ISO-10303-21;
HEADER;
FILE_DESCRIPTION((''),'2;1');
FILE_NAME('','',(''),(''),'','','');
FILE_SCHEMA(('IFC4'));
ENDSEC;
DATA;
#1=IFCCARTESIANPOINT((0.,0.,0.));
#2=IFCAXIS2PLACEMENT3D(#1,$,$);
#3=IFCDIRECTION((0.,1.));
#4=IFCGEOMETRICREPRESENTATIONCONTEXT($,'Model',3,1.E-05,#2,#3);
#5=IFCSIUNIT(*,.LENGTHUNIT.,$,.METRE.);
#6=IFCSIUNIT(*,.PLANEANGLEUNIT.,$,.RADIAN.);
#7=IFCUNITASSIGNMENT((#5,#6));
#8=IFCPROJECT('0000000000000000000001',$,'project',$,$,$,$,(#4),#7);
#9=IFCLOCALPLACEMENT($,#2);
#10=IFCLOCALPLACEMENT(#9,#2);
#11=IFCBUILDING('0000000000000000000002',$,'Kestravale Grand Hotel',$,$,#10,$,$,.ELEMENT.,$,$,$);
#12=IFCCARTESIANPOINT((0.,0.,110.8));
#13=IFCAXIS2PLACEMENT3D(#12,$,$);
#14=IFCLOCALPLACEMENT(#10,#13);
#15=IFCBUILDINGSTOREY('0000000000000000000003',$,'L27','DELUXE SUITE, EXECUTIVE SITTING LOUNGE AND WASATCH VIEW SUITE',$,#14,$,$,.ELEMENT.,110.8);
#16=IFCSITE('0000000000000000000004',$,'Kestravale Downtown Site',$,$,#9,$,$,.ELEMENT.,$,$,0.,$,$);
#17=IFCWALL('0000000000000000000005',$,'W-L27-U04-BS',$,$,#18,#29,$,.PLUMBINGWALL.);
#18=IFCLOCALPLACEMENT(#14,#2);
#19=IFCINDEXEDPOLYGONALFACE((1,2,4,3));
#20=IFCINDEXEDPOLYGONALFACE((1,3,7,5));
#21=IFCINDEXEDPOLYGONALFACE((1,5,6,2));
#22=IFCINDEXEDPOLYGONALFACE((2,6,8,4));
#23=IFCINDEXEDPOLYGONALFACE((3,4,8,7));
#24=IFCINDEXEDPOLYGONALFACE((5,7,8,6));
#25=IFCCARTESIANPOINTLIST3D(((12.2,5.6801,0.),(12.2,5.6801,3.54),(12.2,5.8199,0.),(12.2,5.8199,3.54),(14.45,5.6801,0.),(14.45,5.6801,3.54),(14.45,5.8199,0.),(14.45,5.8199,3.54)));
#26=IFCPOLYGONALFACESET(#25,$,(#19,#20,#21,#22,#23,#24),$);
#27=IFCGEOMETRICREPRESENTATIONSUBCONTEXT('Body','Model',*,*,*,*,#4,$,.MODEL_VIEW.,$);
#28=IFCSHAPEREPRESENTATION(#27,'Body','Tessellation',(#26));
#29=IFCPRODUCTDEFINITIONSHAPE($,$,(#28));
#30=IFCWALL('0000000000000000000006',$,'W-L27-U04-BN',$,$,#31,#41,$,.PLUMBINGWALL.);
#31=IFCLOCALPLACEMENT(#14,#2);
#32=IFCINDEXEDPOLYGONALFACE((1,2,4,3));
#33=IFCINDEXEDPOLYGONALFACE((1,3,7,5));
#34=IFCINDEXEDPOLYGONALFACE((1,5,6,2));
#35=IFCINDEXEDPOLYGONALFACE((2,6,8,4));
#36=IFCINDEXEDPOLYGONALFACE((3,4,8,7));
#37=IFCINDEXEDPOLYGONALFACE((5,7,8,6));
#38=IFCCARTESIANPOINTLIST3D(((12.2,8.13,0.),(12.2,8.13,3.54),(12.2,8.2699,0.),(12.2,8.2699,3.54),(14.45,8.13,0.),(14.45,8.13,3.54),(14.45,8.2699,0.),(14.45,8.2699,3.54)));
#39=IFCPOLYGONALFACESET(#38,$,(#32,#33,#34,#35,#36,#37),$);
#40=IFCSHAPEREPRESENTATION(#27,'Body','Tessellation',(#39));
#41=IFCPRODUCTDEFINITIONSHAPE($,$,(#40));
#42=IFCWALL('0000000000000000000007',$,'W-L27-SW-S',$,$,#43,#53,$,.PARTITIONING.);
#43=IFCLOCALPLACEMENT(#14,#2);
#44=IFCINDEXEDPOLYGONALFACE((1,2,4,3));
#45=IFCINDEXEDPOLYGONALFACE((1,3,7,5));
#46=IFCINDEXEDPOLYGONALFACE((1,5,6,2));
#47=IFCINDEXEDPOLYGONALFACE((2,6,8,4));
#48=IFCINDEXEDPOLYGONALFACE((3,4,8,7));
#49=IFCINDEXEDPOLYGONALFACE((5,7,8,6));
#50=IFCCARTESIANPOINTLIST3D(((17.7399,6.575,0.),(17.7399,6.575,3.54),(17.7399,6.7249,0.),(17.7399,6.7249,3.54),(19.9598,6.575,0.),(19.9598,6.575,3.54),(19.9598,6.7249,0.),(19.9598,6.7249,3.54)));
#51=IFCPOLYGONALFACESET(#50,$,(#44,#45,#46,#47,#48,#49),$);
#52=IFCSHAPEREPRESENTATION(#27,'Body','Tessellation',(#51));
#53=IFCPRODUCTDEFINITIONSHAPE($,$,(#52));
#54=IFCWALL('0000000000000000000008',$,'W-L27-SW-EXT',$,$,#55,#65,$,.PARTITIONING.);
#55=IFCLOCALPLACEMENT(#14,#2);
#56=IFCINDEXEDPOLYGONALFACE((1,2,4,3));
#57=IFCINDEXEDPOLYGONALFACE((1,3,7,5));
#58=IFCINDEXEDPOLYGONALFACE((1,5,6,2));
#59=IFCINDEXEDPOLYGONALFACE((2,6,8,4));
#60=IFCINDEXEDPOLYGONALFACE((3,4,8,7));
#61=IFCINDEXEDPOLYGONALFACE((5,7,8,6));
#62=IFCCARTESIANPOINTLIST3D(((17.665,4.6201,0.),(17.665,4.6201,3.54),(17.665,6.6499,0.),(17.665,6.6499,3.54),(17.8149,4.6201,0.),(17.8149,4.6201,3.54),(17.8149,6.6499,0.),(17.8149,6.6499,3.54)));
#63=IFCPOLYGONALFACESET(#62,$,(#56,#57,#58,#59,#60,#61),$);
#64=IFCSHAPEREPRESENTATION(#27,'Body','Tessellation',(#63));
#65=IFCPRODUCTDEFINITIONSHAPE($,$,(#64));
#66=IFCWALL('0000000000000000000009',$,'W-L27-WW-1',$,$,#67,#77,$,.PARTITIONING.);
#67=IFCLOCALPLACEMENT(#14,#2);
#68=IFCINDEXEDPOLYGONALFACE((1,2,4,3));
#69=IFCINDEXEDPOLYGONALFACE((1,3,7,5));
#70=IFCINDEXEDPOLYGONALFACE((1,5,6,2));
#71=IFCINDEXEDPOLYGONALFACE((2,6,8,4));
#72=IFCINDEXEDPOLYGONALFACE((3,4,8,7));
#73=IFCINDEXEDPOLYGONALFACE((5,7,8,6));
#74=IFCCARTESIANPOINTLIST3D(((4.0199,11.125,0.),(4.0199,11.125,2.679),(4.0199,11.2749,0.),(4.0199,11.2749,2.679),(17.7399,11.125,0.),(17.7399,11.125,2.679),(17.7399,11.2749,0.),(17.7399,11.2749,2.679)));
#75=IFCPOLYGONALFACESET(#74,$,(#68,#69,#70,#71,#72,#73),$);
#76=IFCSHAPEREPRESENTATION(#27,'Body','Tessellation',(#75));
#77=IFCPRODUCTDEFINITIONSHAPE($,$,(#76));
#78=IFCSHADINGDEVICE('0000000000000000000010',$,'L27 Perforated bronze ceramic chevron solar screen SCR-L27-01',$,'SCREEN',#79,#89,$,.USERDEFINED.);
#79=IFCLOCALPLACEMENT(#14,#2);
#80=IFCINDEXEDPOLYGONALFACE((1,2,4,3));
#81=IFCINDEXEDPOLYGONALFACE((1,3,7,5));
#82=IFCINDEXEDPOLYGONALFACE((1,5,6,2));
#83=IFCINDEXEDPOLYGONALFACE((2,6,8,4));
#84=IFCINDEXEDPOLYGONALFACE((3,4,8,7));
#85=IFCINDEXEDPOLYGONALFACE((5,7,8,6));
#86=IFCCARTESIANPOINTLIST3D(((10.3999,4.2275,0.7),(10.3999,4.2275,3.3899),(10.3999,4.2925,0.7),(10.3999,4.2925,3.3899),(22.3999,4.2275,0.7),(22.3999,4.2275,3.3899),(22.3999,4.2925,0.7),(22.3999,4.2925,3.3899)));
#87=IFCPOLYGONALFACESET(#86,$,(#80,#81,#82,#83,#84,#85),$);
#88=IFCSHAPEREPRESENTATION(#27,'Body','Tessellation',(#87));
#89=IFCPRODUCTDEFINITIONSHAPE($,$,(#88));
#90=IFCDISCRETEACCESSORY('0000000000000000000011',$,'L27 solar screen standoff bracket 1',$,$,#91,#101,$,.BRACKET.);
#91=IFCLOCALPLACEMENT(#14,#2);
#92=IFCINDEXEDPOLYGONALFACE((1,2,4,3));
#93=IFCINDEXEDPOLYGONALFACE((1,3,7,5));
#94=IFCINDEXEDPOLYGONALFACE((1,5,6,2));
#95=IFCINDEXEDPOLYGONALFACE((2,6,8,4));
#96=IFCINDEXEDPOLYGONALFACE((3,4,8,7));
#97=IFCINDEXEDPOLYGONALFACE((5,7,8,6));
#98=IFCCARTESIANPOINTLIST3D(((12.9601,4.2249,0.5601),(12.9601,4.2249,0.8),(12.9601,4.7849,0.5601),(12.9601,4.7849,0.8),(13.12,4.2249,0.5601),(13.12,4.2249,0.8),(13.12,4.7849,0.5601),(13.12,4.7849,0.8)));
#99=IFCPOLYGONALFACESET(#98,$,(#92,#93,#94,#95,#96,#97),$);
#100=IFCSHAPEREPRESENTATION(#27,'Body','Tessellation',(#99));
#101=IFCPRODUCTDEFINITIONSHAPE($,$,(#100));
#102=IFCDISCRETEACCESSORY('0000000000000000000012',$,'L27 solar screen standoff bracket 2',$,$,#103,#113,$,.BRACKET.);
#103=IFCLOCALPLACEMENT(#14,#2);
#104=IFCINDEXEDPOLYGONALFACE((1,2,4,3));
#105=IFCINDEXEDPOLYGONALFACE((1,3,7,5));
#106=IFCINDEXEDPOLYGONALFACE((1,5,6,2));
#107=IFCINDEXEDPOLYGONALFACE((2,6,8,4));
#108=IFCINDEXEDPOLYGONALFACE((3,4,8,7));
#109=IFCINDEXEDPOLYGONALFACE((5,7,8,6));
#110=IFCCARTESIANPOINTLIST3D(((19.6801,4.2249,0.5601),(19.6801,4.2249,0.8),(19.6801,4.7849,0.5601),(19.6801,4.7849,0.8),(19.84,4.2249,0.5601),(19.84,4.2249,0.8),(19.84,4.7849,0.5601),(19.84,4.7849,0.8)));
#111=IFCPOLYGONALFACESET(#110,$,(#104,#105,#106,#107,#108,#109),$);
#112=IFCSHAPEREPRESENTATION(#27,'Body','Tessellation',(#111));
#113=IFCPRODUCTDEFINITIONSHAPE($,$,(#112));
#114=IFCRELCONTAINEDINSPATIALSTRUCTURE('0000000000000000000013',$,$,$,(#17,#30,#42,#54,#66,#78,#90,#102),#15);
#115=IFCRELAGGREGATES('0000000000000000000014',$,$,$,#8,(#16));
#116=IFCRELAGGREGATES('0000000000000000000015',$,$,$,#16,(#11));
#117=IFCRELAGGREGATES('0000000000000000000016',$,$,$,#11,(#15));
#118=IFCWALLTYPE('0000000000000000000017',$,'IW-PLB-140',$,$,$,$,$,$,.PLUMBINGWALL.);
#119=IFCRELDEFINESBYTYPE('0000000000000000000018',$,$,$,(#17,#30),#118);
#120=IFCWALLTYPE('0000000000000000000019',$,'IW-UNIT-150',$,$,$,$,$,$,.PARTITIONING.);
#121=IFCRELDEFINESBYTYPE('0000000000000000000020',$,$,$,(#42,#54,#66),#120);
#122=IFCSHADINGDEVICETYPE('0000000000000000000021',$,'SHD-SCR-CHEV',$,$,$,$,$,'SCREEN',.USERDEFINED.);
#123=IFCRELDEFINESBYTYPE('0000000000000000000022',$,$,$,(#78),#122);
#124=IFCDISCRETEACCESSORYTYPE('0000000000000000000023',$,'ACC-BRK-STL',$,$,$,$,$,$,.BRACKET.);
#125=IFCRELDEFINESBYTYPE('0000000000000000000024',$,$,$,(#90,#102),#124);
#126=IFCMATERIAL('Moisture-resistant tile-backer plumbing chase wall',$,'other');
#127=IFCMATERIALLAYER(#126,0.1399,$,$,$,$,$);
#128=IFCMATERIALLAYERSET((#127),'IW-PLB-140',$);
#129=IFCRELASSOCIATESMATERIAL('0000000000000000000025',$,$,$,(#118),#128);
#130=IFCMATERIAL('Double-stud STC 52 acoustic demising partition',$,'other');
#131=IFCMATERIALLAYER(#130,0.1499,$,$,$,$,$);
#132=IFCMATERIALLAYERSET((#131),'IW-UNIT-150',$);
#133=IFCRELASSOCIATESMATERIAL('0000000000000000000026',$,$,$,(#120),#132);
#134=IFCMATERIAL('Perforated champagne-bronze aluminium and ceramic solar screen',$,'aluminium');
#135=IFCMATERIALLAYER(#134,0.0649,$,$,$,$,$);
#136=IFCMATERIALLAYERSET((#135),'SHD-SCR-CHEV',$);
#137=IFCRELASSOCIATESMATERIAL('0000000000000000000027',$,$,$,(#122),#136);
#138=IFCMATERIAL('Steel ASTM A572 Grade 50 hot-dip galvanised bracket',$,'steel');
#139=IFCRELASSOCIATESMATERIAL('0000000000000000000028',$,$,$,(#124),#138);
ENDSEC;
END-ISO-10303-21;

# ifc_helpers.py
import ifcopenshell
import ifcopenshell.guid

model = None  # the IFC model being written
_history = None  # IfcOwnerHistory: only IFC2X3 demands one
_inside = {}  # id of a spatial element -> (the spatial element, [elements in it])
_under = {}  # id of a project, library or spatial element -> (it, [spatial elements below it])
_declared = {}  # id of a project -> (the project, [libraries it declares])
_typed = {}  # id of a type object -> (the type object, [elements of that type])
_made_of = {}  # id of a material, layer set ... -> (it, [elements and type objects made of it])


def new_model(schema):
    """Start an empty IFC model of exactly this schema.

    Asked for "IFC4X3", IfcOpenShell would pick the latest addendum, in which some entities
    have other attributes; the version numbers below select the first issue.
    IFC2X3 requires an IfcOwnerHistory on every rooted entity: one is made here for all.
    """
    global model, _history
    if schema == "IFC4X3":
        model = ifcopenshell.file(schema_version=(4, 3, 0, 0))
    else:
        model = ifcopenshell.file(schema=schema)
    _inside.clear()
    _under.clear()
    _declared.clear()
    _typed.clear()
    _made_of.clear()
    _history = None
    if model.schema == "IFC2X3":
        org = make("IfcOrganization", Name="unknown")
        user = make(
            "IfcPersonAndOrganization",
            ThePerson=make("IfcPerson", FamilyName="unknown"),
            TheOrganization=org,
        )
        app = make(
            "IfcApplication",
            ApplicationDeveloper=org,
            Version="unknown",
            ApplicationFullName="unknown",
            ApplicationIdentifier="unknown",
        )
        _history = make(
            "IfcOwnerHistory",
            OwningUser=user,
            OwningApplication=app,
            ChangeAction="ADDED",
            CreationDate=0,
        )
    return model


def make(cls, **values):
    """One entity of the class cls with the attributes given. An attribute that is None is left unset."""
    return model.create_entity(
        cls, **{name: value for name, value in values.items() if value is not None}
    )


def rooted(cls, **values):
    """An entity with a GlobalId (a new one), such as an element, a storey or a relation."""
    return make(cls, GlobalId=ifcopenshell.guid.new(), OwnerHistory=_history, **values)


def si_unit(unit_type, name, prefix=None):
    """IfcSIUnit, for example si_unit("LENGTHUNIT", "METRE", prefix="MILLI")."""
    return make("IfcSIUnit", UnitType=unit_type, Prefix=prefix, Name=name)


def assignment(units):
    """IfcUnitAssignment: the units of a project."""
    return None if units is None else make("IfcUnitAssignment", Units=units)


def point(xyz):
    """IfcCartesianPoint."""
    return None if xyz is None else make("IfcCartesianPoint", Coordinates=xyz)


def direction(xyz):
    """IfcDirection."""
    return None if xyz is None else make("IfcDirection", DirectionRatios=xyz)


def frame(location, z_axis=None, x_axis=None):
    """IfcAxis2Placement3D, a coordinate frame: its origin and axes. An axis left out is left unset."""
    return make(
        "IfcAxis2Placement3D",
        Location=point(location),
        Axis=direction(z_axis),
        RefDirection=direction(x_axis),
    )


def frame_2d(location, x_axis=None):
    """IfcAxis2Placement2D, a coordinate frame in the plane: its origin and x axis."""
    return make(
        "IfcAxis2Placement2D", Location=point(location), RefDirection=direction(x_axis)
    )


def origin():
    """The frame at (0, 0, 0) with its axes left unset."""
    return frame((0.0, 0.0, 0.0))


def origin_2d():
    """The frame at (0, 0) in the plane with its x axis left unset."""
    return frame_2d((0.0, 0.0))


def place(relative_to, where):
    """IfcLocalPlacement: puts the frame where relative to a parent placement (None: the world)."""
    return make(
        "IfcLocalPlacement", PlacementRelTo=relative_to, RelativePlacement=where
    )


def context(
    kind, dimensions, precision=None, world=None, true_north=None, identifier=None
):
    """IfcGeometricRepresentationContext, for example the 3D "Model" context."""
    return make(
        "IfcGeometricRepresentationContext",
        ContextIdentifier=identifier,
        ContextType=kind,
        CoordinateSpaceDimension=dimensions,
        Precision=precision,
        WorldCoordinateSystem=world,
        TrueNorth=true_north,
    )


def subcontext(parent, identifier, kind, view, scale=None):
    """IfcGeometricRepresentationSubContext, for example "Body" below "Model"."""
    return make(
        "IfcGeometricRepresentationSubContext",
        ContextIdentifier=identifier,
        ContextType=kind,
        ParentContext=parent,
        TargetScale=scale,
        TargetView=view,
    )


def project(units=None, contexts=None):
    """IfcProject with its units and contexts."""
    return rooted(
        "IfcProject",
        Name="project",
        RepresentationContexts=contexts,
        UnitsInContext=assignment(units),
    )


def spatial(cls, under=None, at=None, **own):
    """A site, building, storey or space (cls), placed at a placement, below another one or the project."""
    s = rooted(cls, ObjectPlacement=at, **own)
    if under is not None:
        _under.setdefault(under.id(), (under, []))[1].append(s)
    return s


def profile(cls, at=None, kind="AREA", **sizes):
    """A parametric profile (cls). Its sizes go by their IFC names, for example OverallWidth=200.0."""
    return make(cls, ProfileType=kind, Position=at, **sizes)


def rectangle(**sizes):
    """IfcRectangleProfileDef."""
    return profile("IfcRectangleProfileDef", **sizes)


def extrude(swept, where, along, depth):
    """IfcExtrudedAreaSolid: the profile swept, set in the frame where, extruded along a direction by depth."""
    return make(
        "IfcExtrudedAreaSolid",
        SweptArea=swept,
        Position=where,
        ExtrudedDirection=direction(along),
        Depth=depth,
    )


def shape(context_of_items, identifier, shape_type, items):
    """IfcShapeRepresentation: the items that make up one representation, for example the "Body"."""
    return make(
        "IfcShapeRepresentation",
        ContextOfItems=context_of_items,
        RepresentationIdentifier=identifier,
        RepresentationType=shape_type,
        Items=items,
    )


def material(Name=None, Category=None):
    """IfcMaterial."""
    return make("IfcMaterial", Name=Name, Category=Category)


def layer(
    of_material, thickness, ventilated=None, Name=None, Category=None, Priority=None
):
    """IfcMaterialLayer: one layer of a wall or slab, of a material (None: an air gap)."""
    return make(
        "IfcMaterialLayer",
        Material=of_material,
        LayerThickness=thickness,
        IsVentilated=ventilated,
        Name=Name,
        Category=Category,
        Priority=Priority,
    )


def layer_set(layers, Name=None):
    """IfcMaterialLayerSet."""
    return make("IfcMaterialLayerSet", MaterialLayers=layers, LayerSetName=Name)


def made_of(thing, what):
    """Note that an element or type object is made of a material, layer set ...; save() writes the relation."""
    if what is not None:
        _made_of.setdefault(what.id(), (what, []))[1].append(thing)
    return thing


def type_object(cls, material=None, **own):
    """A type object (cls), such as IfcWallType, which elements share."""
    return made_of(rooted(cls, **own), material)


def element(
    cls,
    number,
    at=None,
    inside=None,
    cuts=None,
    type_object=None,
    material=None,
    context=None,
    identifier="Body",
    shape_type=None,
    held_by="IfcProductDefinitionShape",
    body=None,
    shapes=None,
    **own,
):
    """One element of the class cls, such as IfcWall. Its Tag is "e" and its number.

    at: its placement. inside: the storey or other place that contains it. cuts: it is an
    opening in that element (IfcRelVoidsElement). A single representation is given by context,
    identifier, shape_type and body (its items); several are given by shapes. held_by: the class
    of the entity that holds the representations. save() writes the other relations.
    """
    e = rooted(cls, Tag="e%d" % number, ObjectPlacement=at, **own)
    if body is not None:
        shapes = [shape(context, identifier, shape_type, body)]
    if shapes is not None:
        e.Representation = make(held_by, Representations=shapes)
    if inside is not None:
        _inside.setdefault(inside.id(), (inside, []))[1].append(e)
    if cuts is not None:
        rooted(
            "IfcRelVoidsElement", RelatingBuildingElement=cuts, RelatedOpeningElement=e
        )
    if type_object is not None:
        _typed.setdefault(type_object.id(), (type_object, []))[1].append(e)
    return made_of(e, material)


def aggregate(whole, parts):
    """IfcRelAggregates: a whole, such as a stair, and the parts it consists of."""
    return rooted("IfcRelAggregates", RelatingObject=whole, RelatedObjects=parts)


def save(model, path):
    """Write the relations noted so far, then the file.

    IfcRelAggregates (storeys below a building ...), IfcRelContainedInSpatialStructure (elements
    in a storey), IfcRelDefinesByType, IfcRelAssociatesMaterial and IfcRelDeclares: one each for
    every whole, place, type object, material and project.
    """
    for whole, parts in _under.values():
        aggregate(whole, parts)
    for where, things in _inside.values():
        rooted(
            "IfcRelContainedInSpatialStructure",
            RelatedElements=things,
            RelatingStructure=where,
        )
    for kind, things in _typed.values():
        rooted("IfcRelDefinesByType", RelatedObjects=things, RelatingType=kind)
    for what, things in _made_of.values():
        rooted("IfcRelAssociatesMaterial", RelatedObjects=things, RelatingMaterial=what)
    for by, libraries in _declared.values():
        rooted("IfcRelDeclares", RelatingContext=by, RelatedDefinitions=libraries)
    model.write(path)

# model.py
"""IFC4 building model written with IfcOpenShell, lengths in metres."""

from ifc_helpers import new_model, si_unit, direction, frame, frame_2d, origin, origin_2d, place, context, subcontext, project, spatial, rectangle, extrude, material, layer, layer_set, type_object, element, save


model = new_model("IFC4")

# Units and contexts
model_context = context("Model", 3, precision=1e-05, world=origin(), true_north=direction((0.0, 1.0)))
body_context = subcontext(model_context, "Body", "Model", "MODEL_VIEW")
ifc_project = project(units=[si_unit("LENGTHUNIT", "METRE"), si_unit("PLANEANGLEUNIT", "RADIAN")], contexts=[model_context])

# Site, building, storey
site_placement = place(None, origin())
site = spatial("IfcSite", under=ifc_project, at=site_placement, Name="Kestravale Downtown Site", CompositionType="ELEMENT", RefElevation=0.0)
building_placement = place(site_placement, origin())
building = spatial("IfcBuilding", under=site, at=building_placement, Name="Kestravale Grand Hotel", CompositionType="ELEMENT")
storey_placement = place(building_placement, frame((0.0, 0.0, 110.8)))
storey = spatial("IfcBuildingStorey", under=building, at=storey_placement, Name="L27", Description="DELUXE SUITE, EXECUTIVE SITTING LOUNGE AND WASATCH VIEW SUITE", CompositionType="ELEMENT", Elevation=110.8)

# Shared definitions
ifc_material_1 = material(Name="Moisture-resistant tile-backer plumbing chase wall", Category="other")
ifc_layer_1 = layer(ifc_material_1, 0.1399)
ifc_layer_set_1 = layer_set([ifc_layer_1], Name="IW-PLB-140")
wall_type_1 = type_object("IfcWallType", Name="IW-PLB-140", PredefinedType="PLUMBINGWALL", material=ifc_layer_set_1)

# Walls
for number, where, z_axis, x_axis, name in (
    (1, (12.2, 5.75, 0.0), (0.0, 0.0, 1.0), (1.0, 0.0, 0.0), "W-L27-U04-BS"),
    (2, (12.2, 8.2, 0.0), (0.0, 0.0, 1.0), (1.0, 0.0, 0.0), "W-L27-U04-BN"),
):
    element("IfcWall", number, at=place(storey_placement, frame(where, z_axis=z_axis, x_axis=x_axis)), inside=storey, type_object=wall_type_1, Name=name, PredefinedType="PLUMBINGWALL", context=body_context, shape_type="SweptSolid", body=[
        extrude(rectangle(XDim=2.25, YDim=0.1399, at=frame_2d((1.125, 0.0))), origin(), (0.0, 0.0, 1.0), 3.54),
    ])
ifc_material_2 = material(Name="Double-stud STC 52 acoustic demising partition", Category="other")
ifc_layer_2 = layer(ifc_material_2, 0.1499)
ifc_layer_set_2 = layer_set([ifc_layer_2], Name="IW-UNIT-150")
wall_type_2 = type_object("IfcWallType", Name="IW-UNIT-150", PredefinedType="PARTITIONING", material=ifc_layer_set_2)
wall_1_placement = place(storey_placement, frame((17.74, 6.6499, 0.0), z_axis=(0.0, 0.0, 1.0), x_axis=(1.0, 0.0, 0.0)))
element("IfcWall", 3, at=wall_1_placement, inside=storey, type_object=wall_type_2, Name="W-L27-SW-S", PredefinedType="PARTITIONING", context=body_context, shape_type="SweptSolid", body=[
    extrude(rectangle(XDim=2.22, YDim=0.1499, at=frame_2d((1.1099, 0.0))), origin(), (0.0, 0.0, 1.0), 3.54),
])
wall_2_placement = place(storey_placement, frame((17.74, 4.6201, 0.0), z_axis=(0.0, 0.0, 1.0), x_axis=(0.0, 1.0, 0.0)))
element("IfcWall", 4, at=wall_2_placement, inside=storey, type_object=wall_type_2, Name="W-L27-SW-EXT", PredefinedType="PARTITIONING", context=body_context, shape_type="SweptSolid", body=[
    extrude(rectangle(XDim=2.0298, YDim=0.1499, at=frame_2d((1.0149, 0.0))), origin(), (0.0, 0.0, 1.0), 3.54),
])
wall_3_placement = place(storey_placement, frame((4.02, 11.2, 0.0), z_axis=(0.0, 0.0, 1.0), x_axis=(1.0, 0.0, 0.0)))
element("IfcWall", 5, at=wall_3_placement, inside=storey, type_object=wall_type_2, Name="W-L27-WW-1", PredefinedType="PARTITIONING", context=body_context, shape_type="SweptSolid", body=[
    extrude(rectangle(XDim=13.72, YDim=0.1499, at=frame_2d((6.8599, 0.0))), origin(), (0.0, 0.0, 1.0), 2.679),
])

# Shading device
ifc_material_3 = material(Name="Perforated champagne-bronze aluminium and ceramic solar screen", Category="aluminium")
ifc_layer_3 = layer(ifc_material_3, 0.0649)
ifc_layer_set_3 = layer_set([ifc_layer_3], Name="SHD-SCR-CHEV")
shading_device_type = type_object("IfcShadingDeviceType", Name="SHD-SCR-CHEV", ElementType="SCREEN", PredefinedType="USERDEFINED", material=ifc_layer_set_3)
shading_device_placement = place(storey_placement, frame((16.3999, 4.26, 0.7), z_axis=(0.0, 0.0, 1.0), x_axis=(1.0, 0.0, 0.0)))
element("IfcShadingDevice", 6, at=shading_device_placement, inside=storey, type_object=shading_device_type, Name="L27 Perforated bronze ceramic chevron solar screen SCR-L27-01", ObjectType="SCREEN", PredefinedType="USERDEFINED", context=body_context, shape_type="SweptSolid", body=[
    extrude(rectangle(XDim=12.0, YDim=0.0649, at=origin_2d()), origin(), (0.0, 0.0, 1.0), 2.6899),
])

# Discrete accessories
ifc_material_4 = material(Name="Steel ASTM A572 Grade 50 hot-dip galvanised bracket", Category="steel")
discrete_accessory_type = type_object("IfcDiscreteAccessoryType", Name="ACC-BRK-STL", PredefinedType="BRACKET", material=ifc_material_4)
for number, where, z_axis, x_axis, name in (
    (7, (13.04, 4.5049, 0.5601), (0.0, 0.0, 1.0), (1.0, 0.0, 0.0), "L27 solar screen standoff bracket 1"),
    (8, (19.76, 4.5049, 0.5601), (0.0, 0.0, 1.0), (1.0, 0.0, 0.0), "L27 solar screen standoff bracket 2"),
):
    element("IfcDiscreteAccessory", number, at=place(storey_placement, frame(where, z_axis=z_axis, x_axis=x_axis)), inside=storey, type_object=discrete_accessory_type, Name=name, PredefinedType="BRACKET", context=body_context, shape_type="SweptSolid", body=[
        extrude(rectangle(XDim=0.1599, YDim=0.5601, at=origin_2d()), origin(), (0.0, 0.0, 1.0), 0.24),
    ])

save(model, "model.ifc")
